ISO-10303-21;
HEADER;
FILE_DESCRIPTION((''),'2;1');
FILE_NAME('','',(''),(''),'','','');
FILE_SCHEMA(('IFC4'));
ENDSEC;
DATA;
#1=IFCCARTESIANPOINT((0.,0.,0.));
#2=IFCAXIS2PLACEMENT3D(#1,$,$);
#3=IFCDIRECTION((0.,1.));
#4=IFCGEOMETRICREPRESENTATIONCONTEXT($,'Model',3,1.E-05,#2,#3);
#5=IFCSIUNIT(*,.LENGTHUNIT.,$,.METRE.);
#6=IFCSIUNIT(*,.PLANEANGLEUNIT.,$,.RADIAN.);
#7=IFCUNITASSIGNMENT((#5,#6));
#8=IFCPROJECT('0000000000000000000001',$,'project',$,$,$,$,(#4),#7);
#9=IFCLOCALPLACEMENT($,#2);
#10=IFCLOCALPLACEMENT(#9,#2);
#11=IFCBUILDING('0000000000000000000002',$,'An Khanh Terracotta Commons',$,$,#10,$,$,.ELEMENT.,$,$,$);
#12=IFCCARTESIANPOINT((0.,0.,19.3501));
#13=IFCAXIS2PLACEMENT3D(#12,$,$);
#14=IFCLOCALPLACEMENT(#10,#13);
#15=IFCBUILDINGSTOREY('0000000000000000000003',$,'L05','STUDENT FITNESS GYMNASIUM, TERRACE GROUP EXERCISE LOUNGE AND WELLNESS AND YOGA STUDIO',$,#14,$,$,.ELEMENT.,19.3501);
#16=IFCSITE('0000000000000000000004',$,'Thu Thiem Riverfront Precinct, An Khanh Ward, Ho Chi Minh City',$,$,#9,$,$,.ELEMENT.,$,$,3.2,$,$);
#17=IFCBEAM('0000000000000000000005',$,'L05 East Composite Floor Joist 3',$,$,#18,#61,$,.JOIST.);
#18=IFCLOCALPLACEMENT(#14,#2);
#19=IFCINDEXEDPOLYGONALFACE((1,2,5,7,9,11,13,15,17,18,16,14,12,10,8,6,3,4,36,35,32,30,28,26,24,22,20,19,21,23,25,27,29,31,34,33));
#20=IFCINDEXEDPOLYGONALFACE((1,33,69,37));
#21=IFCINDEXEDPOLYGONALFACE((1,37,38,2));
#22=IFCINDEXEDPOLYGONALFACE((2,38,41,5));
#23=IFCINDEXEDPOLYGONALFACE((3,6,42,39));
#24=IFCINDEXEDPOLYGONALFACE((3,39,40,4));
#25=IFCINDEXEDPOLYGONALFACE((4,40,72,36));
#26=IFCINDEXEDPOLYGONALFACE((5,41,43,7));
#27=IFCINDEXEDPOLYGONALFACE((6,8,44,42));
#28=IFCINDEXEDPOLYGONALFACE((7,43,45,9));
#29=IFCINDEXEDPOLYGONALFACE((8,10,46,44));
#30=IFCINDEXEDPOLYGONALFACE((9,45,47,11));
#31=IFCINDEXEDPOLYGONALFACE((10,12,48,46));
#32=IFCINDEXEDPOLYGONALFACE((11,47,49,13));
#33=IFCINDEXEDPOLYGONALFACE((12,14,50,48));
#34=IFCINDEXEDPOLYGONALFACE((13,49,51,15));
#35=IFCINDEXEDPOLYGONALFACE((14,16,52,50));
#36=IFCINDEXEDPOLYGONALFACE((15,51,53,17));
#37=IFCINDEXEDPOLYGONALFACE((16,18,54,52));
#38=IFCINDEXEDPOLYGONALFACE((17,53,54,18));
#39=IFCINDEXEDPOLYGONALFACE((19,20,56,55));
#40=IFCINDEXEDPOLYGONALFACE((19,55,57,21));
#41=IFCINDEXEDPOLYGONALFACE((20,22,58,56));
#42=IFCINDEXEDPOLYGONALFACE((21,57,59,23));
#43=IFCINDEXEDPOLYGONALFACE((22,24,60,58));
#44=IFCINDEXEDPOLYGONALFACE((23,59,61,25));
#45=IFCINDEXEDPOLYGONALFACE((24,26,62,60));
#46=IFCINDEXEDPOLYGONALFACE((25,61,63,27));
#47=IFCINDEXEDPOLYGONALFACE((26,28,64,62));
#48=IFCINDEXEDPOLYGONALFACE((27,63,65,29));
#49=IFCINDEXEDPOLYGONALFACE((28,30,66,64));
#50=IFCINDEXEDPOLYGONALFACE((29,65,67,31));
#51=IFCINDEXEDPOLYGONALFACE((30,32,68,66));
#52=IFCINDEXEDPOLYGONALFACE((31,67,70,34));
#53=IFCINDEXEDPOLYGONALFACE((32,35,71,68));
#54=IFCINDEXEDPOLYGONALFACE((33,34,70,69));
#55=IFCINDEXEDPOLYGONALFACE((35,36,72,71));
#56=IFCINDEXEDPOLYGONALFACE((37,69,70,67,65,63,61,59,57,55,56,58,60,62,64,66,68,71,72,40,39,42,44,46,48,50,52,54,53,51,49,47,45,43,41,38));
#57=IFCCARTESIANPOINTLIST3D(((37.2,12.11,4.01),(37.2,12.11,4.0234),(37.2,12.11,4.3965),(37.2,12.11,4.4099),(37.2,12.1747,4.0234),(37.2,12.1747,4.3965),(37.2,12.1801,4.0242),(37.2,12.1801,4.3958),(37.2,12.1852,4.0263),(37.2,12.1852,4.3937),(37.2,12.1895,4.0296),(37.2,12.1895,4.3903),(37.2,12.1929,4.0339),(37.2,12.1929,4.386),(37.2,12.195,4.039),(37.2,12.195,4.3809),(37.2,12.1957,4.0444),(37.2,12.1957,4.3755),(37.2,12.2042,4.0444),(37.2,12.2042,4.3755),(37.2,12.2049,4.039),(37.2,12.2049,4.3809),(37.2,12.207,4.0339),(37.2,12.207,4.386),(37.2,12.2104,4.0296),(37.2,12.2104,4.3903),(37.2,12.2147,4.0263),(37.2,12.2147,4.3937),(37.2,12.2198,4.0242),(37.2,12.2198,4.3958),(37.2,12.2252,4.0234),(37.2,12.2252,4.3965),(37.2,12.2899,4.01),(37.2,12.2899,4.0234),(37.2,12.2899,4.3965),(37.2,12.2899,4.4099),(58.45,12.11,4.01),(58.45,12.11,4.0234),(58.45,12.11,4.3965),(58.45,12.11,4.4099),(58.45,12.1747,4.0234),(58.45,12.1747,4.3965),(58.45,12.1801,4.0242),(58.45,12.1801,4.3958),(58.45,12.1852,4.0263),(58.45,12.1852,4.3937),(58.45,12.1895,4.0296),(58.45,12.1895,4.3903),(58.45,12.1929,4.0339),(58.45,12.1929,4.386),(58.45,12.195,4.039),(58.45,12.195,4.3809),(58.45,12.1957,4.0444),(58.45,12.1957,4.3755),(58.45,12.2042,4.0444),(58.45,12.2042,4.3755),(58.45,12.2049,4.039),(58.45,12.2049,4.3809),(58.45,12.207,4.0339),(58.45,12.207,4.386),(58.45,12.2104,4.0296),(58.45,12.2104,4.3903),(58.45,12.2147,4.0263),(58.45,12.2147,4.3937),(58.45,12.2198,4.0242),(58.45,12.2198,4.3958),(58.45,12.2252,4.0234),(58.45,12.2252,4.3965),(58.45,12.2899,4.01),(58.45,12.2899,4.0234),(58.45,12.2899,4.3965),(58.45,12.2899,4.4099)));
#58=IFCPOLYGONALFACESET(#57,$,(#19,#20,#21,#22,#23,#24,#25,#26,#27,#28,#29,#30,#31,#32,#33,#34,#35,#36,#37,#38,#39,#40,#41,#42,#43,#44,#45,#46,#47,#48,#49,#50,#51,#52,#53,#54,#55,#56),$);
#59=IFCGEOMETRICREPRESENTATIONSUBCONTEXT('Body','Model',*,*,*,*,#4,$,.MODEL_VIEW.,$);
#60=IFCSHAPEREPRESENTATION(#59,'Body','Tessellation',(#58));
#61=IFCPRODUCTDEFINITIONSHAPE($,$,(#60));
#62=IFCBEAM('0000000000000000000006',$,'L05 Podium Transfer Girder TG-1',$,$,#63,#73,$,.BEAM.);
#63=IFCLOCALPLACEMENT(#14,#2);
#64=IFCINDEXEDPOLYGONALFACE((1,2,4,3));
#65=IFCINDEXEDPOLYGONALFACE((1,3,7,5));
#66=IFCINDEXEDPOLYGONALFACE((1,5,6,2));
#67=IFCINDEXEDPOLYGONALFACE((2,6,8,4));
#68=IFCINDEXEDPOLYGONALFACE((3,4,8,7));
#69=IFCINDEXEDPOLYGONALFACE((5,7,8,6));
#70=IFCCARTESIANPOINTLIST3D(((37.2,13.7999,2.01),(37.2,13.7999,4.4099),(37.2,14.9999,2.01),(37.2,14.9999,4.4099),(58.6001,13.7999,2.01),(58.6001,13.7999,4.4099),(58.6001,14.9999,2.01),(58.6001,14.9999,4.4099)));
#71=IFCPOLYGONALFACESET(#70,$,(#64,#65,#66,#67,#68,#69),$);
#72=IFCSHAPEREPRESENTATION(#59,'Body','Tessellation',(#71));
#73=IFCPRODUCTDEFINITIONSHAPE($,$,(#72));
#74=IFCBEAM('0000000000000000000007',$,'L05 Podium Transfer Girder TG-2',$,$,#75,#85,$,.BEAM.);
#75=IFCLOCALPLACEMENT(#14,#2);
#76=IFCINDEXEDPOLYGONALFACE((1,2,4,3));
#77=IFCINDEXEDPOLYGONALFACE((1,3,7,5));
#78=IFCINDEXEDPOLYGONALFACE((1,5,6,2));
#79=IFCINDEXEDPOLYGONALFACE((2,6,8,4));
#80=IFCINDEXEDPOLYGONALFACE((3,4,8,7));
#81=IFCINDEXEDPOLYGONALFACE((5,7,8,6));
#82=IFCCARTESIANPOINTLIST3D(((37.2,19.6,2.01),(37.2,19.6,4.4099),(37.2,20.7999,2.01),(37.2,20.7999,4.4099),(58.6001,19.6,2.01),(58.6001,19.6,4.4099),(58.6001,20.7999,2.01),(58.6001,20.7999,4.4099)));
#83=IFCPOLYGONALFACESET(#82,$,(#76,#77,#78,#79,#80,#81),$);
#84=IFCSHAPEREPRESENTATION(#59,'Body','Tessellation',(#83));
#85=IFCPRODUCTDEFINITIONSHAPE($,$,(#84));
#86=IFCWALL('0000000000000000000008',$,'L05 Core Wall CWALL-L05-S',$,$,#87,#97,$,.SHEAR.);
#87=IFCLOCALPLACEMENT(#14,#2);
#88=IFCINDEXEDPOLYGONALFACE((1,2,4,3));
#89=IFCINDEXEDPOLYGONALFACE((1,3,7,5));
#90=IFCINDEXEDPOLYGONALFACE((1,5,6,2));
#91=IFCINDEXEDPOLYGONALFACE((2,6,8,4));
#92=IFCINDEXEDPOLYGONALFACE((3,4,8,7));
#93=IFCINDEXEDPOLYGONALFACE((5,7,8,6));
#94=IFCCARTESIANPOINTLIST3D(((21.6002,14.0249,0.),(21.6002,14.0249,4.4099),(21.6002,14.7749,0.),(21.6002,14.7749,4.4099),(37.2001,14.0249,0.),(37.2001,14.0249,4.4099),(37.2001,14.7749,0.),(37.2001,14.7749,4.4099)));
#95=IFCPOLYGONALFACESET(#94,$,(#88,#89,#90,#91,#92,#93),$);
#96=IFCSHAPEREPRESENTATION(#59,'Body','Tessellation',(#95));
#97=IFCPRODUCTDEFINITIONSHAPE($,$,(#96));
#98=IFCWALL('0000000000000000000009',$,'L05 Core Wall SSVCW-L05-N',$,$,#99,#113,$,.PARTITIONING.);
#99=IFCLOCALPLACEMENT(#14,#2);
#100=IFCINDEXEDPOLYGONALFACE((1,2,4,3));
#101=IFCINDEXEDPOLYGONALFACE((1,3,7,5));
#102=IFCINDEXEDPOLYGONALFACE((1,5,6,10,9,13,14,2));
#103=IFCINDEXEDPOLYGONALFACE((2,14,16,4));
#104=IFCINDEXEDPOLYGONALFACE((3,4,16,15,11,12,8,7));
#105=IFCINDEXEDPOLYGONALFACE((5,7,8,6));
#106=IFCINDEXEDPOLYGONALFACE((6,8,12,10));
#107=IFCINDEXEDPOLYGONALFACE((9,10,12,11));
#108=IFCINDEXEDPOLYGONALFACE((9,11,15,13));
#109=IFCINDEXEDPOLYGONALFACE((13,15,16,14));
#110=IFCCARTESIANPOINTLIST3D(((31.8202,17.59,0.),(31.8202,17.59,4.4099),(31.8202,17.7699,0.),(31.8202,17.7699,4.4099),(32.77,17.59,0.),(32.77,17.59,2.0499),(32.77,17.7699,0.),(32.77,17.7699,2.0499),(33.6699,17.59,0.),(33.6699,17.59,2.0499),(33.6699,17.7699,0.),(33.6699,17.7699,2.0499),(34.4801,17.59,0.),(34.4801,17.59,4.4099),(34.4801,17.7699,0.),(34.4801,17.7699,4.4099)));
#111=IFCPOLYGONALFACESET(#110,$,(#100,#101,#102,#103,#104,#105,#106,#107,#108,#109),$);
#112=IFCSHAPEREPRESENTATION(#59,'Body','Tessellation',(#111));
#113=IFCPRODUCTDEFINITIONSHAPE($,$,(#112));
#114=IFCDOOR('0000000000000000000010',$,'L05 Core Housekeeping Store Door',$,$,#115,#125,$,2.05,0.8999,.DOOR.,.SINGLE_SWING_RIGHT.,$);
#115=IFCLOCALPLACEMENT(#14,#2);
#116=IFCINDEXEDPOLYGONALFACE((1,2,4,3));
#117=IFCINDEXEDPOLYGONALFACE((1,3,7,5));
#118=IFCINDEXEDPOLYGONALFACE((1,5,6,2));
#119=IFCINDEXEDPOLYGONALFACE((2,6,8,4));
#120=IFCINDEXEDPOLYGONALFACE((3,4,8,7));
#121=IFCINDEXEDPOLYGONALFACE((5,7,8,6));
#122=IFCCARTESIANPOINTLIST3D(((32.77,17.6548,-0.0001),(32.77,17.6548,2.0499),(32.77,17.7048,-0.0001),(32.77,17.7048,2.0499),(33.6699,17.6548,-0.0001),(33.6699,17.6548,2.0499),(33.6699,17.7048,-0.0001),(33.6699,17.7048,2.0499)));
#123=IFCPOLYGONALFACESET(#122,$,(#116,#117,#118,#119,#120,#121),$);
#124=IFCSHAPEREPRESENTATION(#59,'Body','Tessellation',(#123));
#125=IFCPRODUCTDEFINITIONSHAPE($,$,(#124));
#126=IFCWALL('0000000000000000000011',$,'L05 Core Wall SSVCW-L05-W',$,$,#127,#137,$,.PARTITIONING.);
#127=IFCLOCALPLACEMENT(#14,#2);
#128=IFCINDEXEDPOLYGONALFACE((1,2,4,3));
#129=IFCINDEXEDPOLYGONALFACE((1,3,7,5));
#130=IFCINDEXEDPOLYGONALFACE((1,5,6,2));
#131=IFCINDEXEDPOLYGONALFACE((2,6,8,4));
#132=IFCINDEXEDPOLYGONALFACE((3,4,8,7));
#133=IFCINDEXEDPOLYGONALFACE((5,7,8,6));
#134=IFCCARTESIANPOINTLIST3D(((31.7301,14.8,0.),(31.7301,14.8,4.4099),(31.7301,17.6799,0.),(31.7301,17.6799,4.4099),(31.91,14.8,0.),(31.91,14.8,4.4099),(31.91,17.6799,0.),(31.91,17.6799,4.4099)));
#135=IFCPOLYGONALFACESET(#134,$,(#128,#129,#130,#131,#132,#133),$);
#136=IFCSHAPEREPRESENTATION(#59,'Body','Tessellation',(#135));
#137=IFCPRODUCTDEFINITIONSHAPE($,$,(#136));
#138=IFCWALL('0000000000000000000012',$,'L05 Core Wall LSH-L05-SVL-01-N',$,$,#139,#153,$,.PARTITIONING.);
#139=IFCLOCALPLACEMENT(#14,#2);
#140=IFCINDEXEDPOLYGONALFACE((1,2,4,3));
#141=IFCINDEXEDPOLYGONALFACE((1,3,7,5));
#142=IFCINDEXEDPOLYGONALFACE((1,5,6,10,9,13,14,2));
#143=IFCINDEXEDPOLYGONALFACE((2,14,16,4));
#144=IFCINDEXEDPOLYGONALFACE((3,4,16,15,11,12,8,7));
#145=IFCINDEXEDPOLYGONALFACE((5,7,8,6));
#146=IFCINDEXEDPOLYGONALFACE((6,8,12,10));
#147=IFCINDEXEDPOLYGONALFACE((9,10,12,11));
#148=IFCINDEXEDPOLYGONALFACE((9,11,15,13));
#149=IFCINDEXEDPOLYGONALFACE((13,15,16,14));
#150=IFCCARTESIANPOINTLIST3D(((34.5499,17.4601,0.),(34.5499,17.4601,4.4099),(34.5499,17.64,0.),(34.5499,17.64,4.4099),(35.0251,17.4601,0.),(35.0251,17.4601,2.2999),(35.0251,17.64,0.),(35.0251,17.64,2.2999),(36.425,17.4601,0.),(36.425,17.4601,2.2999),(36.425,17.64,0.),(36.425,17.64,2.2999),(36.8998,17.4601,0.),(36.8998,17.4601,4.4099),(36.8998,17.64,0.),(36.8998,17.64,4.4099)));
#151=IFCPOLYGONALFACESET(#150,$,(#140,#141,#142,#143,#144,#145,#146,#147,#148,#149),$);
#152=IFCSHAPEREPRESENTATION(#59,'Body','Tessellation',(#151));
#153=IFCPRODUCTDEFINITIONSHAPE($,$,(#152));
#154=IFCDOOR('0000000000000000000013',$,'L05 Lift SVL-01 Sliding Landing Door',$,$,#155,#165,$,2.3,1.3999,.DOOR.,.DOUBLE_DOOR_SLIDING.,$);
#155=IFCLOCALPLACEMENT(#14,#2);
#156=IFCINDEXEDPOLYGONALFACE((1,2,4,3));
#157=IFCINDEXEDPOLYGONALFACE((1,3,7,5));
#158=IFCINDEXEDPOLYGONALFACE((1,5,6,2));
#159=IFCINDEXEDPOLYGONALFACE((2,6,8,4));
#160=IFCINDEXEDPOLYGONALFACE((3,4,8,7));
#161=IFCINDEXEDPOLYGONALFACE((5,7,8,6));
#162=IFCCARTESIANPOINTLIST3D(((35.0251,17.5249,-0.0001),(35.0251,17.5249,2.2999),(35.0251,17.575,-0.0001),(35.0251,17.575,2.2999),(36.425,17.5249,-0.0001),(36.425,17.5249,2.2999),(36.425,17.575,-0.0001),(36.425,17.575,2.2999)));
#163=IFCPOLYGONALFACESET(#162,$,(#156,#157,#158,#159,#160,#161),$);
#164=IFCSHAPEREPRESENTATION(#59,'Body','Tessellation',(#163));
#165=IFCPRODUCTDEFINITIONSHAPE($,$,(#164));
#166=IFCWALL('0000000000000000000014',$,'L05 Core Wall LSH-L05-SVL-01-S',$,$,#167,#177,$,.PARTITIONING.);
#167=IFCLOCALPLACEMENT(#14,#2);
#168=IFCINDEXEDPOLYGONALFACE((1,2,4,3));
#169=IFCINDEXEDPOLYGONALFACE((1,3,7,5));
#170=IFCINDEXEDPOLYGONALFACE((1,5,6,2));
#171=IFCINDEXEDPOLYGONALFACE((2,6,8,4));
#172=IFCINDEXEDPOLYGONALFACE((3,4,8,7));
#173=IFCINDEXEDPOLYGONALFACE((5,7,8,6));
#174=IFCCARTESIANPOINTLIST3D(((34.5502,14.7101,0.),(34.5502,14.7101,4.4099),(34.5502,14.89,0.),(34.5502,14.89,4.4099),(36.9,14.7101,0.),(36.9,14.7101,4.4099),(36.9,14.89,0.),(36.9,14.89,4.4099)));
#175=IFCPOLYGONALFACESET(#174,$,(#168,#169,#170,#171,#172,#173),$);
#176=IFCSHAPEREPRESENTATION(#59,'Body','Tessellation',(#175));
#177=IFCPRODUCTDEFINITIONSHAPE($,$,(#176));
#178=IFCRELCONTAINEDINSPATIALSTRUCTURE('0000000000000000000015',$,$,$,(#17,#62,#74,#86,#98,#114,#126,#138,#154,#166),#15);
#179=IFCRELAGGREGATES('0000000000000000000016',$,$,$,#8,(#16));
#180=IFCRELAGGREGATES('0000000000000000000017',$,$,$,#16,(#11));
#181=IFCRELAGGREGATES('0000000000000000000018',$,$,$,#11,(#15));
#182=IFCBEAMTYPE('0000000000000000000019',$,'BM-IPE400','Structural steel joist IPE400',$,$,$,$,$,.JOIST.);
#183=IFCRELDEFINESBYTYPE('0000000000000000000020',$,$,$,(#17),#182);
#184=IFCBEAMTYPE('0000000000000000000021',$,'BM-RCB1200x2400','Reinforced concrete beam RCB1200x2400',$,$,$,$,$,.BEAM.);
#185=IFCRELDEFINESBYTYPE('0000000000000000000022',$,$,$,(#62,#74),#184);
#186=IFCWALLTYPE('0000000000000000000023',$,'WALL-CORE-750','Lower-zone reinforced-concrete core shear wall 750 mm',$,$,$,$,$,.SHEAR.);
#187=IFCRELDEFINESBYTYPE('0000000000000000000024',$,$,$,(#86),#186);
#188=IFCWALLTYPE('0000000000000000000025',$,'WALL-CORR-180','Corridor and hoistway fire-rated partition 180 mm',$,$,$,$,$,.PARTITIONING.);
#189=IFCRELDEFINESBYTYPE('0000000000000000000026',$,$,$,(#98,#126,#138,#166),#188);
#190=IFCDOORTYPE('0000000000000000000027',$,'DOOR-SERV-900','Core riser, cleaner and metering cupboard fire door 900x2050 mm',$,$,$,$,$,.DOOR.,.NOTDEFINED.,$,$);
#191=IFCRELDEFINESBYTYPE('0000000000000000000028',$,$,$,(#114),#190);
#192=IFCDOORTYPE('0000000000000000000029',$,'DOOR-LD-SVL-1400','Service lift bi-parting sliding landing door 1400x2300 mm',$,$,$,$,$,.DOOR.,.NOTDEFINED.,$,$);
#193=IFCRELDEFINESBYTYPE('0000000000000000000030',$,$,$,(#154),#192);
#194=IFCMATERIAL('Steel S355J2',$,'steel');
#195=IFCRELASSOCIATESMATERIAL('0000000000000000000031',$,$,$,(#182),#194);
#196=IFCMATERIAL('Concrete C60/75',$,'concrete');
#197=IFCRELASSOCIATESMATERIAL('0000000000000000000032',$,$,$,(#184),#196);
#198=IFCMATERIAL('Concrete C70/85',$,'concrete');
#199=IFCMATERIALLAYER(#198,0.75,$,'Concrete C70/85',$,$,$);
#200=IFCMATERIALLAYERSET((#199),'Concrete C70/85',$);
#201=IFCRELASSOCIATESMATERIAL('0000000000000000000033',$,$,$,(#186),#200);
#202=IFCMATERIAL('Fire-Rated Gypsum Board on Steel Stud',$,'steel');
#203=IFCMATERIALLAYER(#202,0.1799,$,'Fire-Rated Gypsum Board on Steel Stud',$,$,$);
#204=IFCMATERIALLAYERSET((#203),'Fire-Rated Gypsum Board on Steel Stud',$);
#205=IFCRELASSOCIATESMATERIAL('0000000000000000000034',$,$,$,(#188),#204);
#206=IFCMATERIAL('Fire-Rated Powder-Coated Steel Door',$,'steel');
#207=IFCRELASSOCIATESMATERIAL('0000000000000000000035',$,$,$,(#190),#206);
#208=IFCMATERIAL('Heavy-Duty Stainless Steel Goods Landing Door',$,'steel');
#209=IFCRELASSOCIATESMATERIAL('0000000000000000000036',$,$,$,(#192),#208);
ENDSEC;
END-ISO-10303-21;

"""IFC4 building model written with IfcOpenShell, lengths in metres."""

from ifc_helpers import new_model, si_unit, direction, frame, frame_2d, origin, origin_2d, place, context, subcontext, project, spatial, rectangle, i_section, extrude, material, layer, layer_set, material_profile, profile_set, type_object, element, fill, save


model = new_model("IFC4")

# Units and contexts
model_context = context("Model", 3, precision=1e-05, world=origin(), true_north=direction((0.0, 1.0)))
body_context = subcontext(model_context, "Body", "Model", "MODEL_VIEW")
ifc_project = project(units=[si_unit("LENGTHUNIT", "METRE"), si_unit("PLANEANGLEUNIT", "RADIAN")], contexts=[model_context])

# Site, building, storey
site_placement = place(None, origin())
site = spatial("IfcSite", under=ifc_project, at=site_placement, Name="Thu Thiem Riverfront Precinct, An Khanh Ward, Ho Chi Minh City", CompositionType="ELEMENT", RefElevation=3.2)
building_placement = place(site_placement, origin())
building = spatial("IfcBuilding", under=site, at=building_placement, Name="An Khanh Terracotta Commons", CompositionType="ELEMENT")
storey_placement = place(building_placement, frame((0.0, 0.0, 19.3501)))
storey = spatial("IfcBuildingStorey", under=building, at=storey_placement, Name="L05", Description="STUDENT FITNESS GYMNASIUM, TERRACE GROUP EXERCISE LOUNGE AND WELLNESS AND YOGA STUDIO", CompositionType="ELEMENT", Elevation=19.3501)

# Shared definitions
ifc_material_1 = material(Name="Concrete C70/85", Category="concrete")

# Beams
ifc_material_2 = material(Name="Steel S355J2", Category="steel")
ifc_material_profile_1 = material_profile(ifc_material_2, i_section(OverallWidth=0.1799, OverallDepth=0.3999, WebThickness=0.0085, FlangeThickness=0.0134, FilletRadius=0.021, at=origin_2d()), Name="IPE400")
ifc_profile_set_1 = profile_set([ifc_material_profile_1], Name="Steel S355J2")
beam_type_1 = type_object("IfcBeamType", Name="BM-IPE400", Description="Structural steel joist IPE400", PredefinedType="JOIST", material=ifc_profile_set_1)
for number, where, z_axis, x_axis, name in (
    (1, (37.2, 12.2, 4.21), (1.0, 0.0, 0.0), (0.0, 1.0, 0.0), "L05 East Composite Floor Joist 3"),
):
    element("IfcBeam", number, at=place(storey_placement, frame(where, z_axis=z_axis, x_axis=x_axis)), inside=storey, type_object=beam_type_1, Name=name, PredefinedType="JOIST", context=body_context, shape_type="SweptSolid", body=[
        extrude(i_section(OverallWidth=0.1799, OverallDepth=0.3999, WebThickness=0.0085, FlangeThickness=0.0134, FilletRadius=0.021, at=origin_2d()), origin(), (0.0, 0.0, 1.0), 21.25),
    ])
ifc_material_3 = material(Name="Concrete C60/75", Category="concrete")
ifc_material_profile_2 = material_profile(ifc_material_3, rectangle(XDim=1.2, YDim=2.3999, at=origin_2d()), Name="RCB1200x2400")
ifc_profile_set_2 = profile_set([ifc_material_profile_2], Name="Concrete C60/75")
beam_type_2 = type_object("IfcBeamType", Name="BM-RCB1200x2400", Description="Reinforced concrete beam RCB1200x2400", PredefinedType="BEAM", material=ifc_profile_set_2)
for number, where, z_axis, x_axis, name in (
    (2, (37.2, 14.3999, 3.21), (1.0, 0.0, 0.0), (0.0, 1.0, 0.0), "L05 Podium Transfer Girder TG-1"),
    (3, (37.2, 20.2, 3.21), (1.0, 0.0, 0.0), (0.0, 1.0, 0.0), "L05 Podium Transfer Girder TG-2"),
):
    element("IfcBeam", number, at=place(storey_placement, frame(where, z_axis=z_axis, x_axis=x_axis)), inside=storey, type_object=beam_type_2, Name=name, PredefinedType="BEAM", context=body_context, shape_type="SweptSolid", body=[
        extrude(rectangle(XDim=1.2, YDim=2.3999, at=origin_2d()), origin(), (0.0, 0.0, 1.0), 21.4001),
    ])

# Wall
ifc_layer_1 = layer(ifc_material_1, 0.75, Name="Concrete C70/85")
ifc_layer_set_1 = layer_set([ifc_layer_1], Name="Concrete C70/85")
wall_type_1 = type_object("IfcWallType", Name="WALL-CORE-750", Description="Lower-zone reinforced-concrete core shear wall 750 mm", PredefinedType="SHEAR", material=ifc_layer_set_1)
wall_1_placement = place(storey_placement, frame((37.2, 14.3999, 0.0), z_axis=(0.0, 0.0, 1.0), x_axis=(-1.0, 0.0, 0.0)))
element("IfcWall", 4, at=wall_1_placement, inside=storey, type_object=wall_type_1, Name="L05 Core Wall CWALL-L05-S", PredefinedType="SHEAR", context=body_context, shape_type="SweptSolid", body=[
    extrude(rectangle(XDim=15.5999, YDim=0.75, at=frame_2d((7.7998, 0.0))), origin(), (0.0, 0.0, 1.0), 4.4099),
])

# Wall, opening, door
ifc_material_4 = material(Name="Fire-Rated Gypsum Board on Steel Stud", Category="steel")
ifc_layer_2 = layer(ifc_material_4, 0.1799, Name="Fire-Rated Gypsum Board on Steel Stud")
ifc_layer_set_2 = layer_set([ifc_layer_2], Name="Fire-Rated Gypsum Board on Steel Stud")
wall_type_2 = type_object("IfcWallType", Name="WALL-CORR-180", Description="Corridor and hoistway fire-rated partition 180 mm", PredefinedType="PARTITIONING", material=ifc_layer_set_2)
wall_2_placement = place(storey_placement, frame((31.8201, 17.6799, 0.0), z_axis=(0.0, 0.0, 1.0), x_axis=(1.0, 0.0, 0.0)))
wall_2 = element("IfcWall", 5, at=wall_2_placement, inside=storey, type_object=wall_type_2, Name="L05 Core Wall SSVCW-L05-N", PredefinedType="PARTITIONING", context=body_context, shape_type="SweptSolid", body=[
    extrude(rectangle(XDim=2.6599, YDim=0.1799, at=frame_2d((1.3301, 0.0))), origin(), (0.0, 0.0, 1.0), 4.4099),
])
opening_1_placement = place(wall_2_placement, frame((0.95, 0.0, 0.0)))
opening_1 = element("IfcOpeningElement", 6, at=opening_1_placement, cuts=wall_2, PredefinedType="OPENING", context=body_context, shape_type="SweptSolid", body=[
    extrude(rectangle(XDim=0.8999, YDim=2.05, at=frame_2d((0.45, 1.0249))), frame((0.0, 0.0999, 0.0), z_axis=(0.0, -1.0, 0.0), x_axis=(1.0, 0.0, 0.0)), (0.0, 0.0, 1.0), 0.2),
])
ifc_material_5 = material(Name="Fire-Rated Powder-Coated Steel Door", Category="steel")
door_type_1 = type_object("IfcDoorType", Name="DOOR-SERV-900", Description="Core riser, cleaner and metering cupboard fire door 900x2050 mm", OperationType="NOTDEFINED", PredefinedType="DOOR", material=ifc_material_5)
door_1_placement = place(opening_1_placement, origin())
door_1 = element("IfcDoor", 7, at=door_1_placement, inside=storey, type_object=door_type_1, Name="L05 Core Housekeeping Store Door", OperationType="SINGLE_SWING_RIGHT", OverallHeight=2.05, OverallWidth=0.8999, PredefinedType="DOOR", context=body_context, shape_type="SweptSolid", body=[
    extrude(rectangle(XDim=0.8999, YDim=2.05, at=frame_2d((0.45, 1.0249))), frame((0.0, 0.0249, 0.0), z_axis=(0.0, -1.0, 0.0), x_axis=(1.0, 0.0, 0.0)), (0.0, 0.0, 1.0), 0.05),
])
fill(opening_1, door_1)

# Wall
wall_3_placement = place(storey_placement, frame((31.8201, 14.8, 0.0), z_axis=(0.0, 0.0, 1.0), x_axis=(0.0, 1.0, 0.0)))
element("IfcWall", 8, at=wall_3_placement, inside=storey, type_object=wall_type_2, Name="L05 Core Wall SSVCW-L05-W", PredefinedType="PARTITIONING", context=body_context, shape_type="SweptSolid", body=[
    extrude(rectangle(XDim=2.8799, YDim=0.1799, at=frame_2d((1.4399, 0.0))), origin(), (0.0, 0.0, 1.0), 4.4099),
])

# Wall, opening, door
wall_4_placement = place(storey_placement, frame((34.55, 17.55, 0.0), z_axis=(0.0, 0.0, 1.0), x_axis=(1.0, 0.0, 0.0)))
wall_4 = element("IfcWall", 9, at=wall_4_placement, inside=storey, type_object=wall_type_2, Name="L05 Core Wall LSH-L05-SVL-01-N", PredefinedType="PARTITIONING", context=body_context, shape_type="SweptSolid", body=[
    extrude(rectangle(XDim=2.3499, YDim=0.1799, at=frame_2d((1.1748, 0.0))), origin(), (0.0, 0.0, 1.0), 4.4099),
])
opening_2_placement = place(wall_4_placement, frame((0.4751, 0.0, 0.0)))
opening_2 = element("IfcOpeningElement", 10, at=opening_2_placement, cuts=wall_4, PredefinedType="OPENING", context=body_context, shape_type="SweptSolid", body=[
    extrude(rectangle(XDim=1.3999, YDim=2.3, at=frame_2d((0.7, 1.1499))), frame((0.0, 0.0999, 0.0), z_axis=(0.0, -1.0, 0.0), x_axis=(1.0, 0.0, 0.0)), (0.0, 0.0, 1.0), 0.2),
])
ifc_material_6 = material(Name="Heavy-Duty Stainless Steel Goods Landing Door", Category="steel")
door_type_2 = type_object("IfcDoorType", Name="DOOR-LD-SVL-1400", Description="Service lift bi-parting sliding landing door 1400x2300 mm", OperationType="NOTDEFINED", PredefinedType="DOOR", material=ifc_material_6)
door_2_placement = place(opening_2_placement, origin())
door_2 = element("IfcDoor", 11, at=door_2_placement, inside=storey, type_object=door_type_2, Name="L05 Lift SVL-01 Sliding Landing Door", OperationType="DOUBLE_DOOR_SLIDING", OverallHeight=2.3, OverallWidth=1.3999, PredefinedType="DOOR", context=body_context, shape_type="SweptSolid", body=[
    extrude(rectangle(XDim=1.3999, YDim=2.3, at=frame_2d((0.7, 1.1499))), frame((0.0, 0.0249, 0.0), z_axis=(0.0, -1.0, 0.0), x_axis=(1.0, 0.0, 0.0)), (0.0, 0.0, 1.0), 0.05),
])
fill(opening_2, door_2)

# Wall
wall_5_placement = place(storey_placement, frame((36.8999, 14.8, 0.0), z_axis=(0.0, 0.0, 1.0), x_axis=(-1.0, 0.0, 0.0)))
element("IfcWall", 12, at=wall_5_placement, inside=storey, type_object=wall_type_2, Name="L05 Core Wall LSH-L05-SVL-01-S", PredefinedType="PARTITIONING", context=body_context, shape_type="SweptSolid", body=[
    extrude(rectangle(XDim=2.3499, YDim=0.1799, at=frame_2d((1.1748, 0.0))), origin(), (0.0, 0.0, 1.0), 4.4099),
])

save(model, "model.ifc")
